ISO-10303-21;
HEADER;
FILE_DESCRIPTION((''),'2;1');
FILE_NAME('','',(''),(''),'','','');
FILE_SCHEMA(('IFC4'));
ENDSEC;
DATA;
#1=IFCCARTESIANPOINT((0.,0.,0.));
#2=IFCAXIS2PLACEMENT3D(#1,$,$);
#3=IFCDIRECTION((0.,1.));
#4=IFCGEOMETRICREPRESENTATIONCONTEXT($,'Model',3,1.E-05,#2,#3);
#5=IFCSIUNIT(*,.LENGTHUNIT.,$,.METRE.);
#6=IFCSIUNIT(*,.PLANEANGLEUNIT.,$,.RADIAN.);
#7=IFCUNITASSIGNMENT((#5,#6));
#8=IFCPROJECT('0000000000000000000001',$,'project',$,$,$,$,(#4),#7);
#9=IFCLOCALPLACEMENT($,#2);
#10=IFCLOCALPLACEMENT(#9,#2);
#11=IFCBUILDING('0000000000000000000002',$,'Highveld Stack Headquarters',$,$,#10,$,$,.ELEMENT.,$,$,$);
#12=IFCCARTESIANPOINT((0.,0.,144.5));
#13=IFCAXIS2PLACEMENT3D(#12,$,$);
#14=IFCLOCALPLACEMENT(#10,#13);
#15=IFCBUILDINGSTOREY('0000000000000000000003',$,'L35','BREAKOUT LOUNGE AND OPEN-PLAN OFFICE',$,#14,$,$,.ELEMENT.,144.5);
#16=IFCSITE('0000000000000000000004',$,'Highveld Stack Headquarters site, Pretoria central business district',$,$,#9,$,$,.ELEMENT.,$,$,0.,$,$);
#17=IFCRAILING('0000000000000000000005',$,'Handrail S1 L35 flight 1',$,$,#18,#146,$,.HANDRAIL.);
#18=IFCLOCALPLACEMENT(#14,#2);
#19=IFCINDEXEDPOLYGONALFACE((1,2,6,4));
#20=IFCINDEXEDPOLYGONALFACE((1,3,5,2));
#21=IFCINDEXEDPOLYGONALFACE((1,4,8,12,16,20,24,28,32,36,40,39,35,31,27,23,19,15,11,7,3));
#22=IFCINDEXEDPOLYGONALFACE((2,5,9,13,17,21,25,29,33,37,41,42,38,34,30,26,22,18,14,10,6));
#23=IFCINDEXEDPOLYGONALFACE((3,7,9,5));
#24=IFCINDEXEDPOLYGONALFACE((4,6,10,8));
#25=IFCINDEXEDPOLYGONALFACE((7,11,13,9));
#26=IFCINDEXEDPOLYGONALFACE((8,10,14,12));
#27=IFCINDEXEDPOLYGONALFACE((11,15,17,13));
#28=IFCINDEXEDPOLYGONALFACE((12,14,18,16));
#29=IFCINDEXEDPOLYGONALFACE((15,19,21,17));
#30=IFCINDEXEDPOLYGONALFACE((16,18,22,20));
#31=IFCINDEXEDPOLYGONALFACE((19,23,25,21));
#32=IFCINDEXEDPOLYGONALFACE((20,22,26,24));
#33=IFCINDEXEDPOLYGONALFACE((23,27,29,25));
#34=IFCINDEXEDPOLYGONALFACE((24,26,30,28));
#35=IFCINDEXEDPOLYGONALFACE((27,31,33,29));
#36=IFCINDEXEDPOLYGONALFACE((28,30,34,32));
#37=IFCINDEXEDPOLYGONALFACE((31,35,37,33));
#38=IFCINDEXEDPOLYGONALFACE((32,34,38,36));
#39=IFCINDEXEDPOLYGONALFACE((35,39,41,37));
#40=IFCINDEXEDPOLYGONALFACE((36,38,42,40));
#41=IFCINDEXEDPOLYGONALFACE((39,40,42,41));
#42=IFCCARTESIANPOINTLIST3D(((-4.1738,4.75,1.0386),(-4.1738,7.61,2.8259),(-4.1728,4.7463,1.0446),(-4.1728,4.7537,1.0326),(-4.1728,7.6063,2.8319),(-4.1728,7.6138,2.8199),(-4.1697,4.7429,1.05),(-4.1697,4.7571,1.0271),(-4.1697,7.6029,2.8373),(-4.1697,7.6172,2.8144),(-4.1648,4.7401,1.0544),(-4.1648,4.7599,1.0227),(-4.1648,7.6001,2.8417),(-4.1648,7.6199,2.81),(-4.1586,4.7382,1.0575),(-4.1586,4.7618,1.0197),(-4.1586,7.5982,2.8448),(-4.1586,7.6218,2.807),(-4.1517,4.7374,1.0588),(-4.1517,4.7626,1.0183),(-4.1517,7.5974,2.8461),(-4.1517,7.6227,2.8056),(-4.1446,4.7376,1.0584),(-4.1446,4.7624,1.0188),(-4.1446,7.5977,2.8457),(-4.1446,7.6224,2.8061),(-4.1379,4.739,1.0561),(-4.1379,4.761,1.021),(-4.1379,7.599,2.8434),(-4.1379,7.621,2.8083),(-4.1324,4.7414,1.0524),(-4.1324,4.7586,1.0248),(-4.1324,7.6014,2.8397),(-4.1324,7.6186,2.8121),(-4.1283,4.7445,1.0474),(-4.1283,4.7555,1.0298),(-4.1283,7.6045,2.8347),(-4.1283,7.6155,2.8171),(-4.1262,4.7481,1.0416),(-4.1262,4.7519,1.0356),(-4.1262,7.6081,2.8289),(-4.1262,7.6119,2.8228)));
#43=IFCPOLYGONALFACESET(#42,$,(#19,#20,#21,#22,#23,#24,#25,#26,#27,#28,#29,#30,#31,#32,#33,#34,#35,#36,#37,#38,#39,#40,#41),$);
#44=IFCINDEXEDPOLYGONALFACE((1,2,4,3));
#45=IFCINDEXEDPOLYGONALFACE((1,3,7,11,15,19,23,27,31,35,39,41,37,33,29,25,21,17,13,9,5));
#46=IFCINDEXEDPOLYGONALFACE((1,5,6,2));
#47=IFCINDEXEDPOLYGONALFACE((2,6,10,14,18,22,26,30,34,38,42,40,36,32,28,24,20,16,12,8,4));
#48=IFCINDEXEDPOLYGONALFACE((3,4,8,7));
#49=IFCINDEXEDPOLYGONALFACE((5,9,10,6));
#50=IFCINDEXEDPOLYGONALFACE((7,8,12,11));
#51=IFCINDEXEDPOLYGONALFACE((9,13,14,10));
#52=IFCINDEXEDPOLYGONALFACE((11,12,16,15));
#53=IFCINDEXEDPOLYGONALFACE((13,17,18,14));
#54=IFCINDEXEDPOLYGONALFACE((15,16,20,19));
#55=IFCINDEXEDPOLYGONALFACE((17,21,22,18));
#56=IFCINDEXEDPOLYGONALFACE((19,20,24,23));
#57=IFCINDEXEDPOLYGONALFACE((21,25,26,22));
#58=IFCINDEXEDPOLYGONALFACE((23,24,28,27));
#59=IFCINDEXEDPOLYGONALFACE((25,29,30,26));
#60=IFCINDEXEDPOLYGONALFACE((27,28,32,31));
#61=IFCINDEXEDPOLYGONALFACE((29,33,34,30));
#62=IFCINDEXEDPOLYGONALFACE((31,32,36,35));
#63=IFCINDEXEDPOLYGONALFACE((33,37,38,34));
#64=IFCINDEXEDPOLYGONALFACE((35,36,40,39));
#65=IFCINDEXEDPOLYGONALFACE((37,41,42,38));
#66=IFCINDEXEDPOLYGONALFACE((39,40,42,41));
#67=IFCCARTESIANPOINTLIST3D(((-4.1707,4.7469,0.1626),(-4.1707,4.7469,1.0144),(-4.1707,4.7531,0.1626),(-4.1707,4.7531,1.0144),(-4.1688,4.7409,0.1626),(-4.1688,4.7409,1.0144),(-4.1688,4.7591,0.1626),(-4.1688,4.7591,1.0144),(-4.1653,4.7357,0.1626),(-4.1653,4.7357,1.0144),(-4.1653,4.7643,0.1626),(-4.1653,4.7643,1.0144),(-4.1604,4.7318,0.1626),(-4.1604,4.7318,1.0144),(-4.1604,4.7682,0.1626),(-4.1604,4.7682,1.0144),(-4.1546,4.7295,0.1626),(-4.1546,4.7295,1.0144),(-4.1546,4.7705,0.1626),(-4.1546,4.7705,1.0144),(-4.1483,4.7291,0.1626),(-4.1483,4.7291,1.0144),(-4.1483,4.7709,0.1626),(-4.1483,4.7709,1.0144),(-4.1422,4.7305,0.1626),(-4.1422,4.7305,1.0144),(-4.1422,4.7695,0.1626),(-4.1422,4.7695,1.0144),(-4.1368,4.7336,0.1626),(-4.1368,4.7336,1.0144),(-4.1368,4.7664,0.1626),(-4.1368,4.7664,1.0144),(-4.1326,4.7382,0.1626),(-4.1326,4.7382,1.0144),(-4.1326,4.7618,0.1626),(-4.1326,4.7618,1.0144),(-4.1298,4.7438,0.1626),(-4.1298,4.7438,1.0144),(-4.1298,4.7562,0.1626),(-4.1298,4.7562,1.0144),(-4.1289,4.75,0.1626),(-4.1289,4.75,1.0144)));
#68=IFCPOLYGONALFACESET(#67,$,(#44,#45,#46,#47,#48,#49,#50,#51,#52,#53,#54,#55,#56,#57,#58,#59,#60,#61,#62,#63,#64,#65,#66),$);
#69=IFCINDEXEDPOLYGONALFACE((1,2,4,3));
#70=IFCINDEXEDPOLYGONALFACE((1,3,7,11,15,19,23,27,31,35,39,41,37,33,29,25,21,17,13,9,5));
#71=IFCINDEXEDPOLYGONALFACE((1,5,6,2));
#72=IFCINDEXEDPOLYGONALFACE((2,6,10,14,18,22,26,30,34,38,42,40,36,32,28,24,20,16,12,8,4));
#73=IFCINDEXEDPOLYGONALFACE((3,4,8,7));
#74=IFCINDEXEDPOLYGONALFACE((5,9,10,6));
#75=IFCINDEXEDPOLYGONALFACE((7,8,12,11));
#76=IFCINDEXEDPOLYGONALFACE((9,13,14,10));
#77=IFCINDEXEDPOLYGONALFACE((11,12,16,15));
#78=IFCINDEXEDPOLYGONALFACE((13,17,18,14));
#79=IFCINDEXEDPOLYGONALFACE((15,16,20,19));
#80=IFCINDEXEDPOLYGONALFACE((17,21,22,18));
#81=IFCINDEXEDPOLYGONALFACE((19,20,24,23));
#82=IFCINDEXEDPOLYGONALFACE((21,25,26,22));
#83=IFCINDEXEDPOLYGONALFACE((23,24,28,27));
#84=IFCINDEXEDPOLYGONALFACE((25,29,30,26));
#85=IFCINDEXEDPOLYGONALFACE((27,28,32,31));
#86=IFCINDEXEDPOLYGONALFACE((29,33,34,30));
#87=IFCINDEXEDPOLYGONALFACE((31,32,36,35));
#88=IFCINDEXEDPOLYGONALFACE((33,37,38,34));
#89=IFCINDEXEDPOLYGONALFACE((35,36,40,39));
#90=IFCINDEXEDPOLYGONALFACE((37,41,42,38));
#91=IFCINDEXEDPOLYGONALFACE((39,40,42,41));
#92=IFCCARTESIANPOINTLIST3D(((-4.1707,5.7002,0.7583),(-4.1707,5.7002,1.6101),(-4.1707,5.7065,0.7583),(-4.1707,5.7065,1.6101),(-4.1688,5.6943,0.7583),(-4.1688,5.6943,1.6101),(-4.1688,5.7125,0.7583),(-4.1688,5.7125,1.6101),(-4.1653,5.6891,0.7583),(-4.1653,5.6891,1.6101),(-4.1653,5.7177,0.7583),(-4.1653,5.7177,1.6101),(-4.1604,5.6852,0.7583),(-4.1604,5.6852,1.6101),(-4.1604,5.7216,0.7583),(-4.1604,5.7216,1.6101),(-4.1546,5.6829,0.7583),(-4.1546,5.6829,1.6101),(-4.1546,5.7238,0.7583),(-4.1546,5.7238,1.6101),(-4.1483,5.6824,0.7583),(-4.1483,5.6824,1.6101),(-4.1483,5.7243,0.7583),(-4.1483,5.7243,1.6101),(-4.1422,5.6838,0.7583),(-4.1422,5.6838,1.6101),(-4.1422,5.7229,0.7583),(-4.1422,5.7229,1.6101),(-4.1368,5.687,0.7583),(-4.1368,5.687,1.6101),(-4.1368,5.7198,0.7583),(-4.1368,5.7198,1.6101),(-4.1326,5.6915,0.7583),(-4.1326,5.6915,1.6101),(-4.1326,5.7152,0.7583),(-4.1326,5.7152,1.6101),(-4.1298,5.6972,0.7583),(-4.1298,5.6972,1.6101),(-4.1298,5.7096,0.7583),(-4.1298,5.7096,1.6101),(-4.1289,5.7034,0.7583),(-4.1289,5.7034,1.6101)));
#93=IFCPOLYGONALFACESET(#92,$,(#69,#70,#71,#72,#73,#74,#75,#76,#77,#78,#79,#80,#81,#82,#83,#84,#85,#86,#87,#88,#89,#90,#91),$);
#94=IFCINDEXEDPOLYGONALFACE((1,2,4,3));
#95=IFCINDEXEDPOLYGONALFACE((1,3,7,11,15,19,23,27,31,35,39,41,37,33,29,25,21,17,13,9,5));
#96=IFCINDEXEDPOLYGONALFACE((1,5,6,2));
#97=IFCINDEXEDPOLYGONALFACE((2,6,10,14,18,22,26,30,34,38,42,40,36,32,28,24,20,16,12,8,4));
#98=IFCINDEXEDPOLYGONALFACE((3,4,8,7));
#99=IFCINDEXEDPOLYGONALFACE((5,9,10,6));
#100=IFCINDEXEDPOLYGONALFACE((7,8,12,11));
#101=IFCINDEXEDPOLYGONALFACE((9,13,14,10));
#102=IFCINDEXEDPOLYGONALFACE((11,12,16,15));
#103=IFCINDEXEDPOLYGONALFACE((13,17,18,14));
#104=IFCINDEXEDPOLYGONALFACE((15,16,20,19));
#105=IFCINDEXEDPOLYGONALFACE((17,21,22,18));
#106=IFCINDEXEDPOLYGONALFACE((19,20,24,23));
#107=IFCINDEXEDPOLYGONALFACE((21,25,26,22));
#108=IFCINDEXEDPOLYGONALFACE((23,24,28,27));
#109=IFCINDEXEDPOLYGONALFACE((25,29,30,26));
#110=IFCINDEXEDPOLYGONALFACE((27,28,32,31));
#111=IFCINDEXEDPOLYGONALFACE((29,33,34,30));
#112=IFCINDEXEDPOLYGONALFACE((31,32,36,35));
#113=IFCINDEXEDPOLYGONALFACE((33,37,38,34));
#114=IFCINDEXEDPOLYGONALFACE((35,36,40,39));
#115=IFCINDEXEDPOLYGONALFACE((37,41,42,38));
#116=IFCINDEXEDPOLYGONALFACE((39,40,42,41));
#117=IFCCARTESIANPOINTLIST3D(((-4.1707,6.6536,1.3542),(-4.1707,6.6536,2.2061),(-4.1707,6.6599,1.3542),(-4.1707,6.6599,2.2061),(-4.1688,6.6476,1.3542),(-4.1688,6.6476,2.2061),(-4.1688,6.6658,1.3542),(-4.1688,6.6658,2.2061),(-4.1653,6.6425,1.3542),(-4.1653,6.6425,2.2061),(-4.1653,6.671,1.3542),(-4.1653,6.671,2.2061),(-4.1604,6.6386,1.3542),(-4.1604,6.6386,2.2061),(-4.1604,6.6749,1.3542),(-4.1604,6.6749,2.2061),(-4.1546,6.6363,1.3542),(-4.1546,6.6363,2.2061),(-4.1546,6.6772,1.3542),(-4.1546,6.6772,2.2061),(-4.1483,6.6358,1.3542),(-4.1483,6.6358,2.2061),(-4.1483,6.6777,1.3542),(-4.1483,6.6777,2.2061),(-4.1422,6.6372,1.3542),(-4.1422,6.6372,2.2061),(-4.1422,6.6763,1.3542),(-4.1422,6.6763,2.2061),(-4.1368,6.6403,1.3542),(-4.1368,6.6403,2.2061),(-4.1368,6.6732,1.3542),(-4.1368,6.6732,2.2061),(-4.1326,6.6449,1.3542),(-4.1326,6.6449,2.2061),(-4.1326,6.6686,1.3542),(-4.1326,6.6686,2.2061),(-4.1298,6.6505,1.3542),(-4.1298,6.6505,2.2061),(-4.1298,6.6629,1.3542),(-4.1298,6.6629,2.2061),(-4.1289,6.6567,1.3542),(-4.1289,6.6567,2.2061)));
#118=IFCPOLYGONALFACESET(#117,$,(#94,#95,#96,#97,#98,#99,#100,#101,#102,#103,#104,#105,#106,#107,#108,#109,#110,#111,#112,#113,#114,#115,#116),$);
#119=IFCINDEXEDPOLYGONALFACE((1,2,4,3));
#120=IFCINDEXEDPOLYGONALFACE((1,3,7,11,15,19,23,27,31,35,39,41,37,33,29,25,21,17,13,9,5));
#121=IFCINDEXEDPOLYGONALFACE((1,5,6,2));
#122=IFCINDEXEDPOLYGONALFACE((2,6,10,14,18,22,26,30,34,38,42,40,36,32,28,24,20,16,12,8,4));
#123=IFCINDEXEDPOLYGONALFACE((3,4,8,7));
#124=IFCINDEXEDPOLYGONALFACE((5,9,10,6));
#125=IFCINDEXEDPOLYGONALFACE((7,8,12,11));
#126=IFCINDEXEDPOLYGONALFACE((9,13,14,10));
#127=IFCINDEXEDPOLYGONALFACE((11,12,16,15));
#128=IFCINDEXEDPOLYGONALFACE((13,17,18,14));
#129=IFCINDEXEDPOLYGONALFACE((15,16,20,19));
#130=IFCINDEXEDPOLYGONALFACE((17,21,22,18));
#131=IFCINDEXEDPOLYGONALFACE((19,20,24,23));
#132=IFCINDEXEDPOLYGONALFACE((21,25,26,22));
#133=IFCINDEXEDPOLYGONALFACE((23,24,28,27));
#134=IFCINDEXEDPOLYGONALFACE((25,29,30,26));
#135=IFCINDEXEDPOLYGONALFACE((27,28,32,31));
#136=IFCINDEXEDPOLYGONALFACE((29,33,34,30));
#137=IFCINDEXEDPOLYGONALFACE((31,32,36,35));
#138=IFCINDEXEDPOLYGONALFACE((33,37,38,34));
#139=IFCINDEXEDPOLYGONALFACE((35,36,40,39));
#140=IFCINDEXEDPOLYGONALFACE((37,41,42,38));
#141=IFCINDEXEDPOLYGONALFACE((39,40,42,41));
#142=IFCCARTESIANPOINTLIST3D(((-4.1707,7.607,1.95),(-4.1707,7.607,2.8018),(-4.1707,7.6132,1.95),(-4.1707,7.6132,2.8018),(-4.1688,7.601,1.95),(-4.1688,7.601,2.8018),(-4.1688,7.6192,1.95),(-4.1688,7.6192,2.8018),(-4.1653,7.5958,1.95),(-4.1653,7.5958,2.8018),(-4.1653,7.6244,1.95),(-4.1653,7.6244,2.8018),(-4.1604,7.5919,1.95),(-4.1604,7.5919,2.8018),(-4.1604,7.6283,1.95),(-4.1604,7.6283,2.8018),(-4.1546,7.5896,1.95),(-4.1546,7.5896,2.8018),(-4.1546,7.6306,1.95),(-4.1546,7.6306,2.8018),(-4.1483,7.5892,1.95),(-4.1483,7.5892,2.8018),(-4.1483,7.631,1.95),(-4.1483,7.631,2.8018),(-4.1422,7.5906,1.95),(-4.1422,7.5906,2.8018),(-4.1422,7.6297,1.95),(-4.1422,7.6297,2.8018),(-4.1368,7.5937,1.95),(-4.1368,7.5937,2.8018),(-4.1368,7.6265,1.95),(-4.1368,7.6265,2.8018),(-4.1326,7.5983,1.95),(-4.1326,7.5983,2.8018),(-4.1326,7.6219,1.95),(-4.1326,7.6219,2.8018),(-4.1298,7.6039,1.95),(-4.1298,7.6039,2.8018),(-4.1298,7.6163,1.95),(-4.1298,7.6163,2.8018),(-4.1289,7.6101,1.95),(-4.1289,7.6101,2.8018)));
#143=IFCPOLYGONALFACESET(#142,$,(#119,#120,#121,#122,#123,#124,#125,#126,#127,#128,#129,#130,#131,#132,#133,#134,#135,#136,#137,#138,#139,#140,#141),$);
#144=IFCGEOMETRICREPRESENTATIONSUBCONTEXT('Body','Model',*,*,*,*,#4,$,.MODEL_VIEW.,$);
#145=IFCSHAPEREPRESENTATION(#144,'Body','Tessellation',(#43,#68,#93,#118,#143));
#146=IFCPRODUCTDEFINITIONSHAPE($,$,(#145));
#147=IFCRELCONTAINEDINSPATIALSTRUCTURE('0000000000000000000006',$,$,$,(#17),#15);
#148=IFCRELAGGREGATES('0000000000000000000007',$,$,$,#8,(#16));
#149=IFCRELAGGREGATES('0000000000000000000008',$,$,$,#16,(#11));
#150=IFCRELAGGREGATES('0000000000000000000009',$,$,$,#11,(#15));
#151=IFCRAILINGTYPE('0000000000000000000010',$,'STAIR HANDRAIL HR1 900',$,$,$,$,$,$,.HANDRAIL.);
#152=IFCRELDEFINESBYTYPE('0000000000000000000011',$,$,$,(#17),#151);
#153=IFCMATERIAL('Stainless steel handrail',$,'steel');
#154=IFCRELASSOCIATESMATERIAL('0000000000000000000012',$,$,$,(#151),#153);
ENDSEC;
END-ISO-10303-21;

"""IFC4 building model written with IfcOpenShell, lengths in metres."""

from ifc_helpers import new_model, si_unit, direction, frame, origin, origin_2d, place, context, subcontext, project, spatial, circle, extrude, material, type_object, element, save


model = new_model("IFC4")

# Units and contexts
model_context = context("Model", 3, precision=1e-05, world=origin(), true_north=direction((0.0, 1.0)))
body_context = subcontext(model_context, "Body", "Model", "MODEL_VIEW")
ifc_project = project(units=[si_unit("LENGTHUNIT", "METRE"), si_unit("PLANEANGLEUNIT", "RADIAN")], contexts=[model_context])

# Site, building, storey
site_placement = place(None, origin())
site = spatial("IfcSite", under=ifc_project, at=site_placement, Name="Highveld Stack Headquarters site, Pretoria central business district", CompositionType="ELEMENT", RefElevation=0.0)
building_placement = place(site_placement, origin())
building = spatial("IfcBuilding", under=site, at=building_placement, Name="Highveld Stack Headquarters", CompositionType="ELEMENT")
storey_placement = place(building_placement, frame((0.0, 0.0, 144.5)))
storey = spatial("IfcBuildingStorey", under=building, at=storey_placement, Name="L35", Description="BREAKOUT LOUNGE AND OPEN-PLAN OFFICE", CompositionType="ELEMENT", Elevation=144.5)

# Railing
ifc_material_1 = material(Name="Stainless steel handrail", Category="steel")
railing_type = type_object("IfcRailingType", Name="STAIR HANDRAIL HR1 900", PredefinedType="HANDRAIL", material=ifc_material_1)
for number, where, name in (
    (1, (-4.1499, 4.75, 0.1626), "Handrail S1 L35 flight 1"),
):
    element("IfcRailing", number, at=place(storey_placement, frame(where)), inside=storey, type_object=railing_type, Name=name, PredefinedType="HANDRAIL", context=body_context, shape_type="SweptSolid", body=[
        extrude(circle(Radius=0.0239, at=origin_2d()), frame((0.0, 0.0, 0.876), z_axis=(0.0, 0.848027, 0.529953), x_axis=(-1.0, 0.0, 0.0)), (0.0, 0.0, 1.0), 3.3726),
        extrude(circle(Radius=0.021, at=origin_2d()), origin(), (0.0, 0.0, 1.0), 0.8518),
        extrude(circle(Radius=0.021, at=origin_2d()), frame((0.0, 0.9534, 0.5957)), (0.0, 0.0, 1.0), 0.8518),
        extrude(circle(Radius=0.021, at=origin_2d()), frame((0.0, 1.9067, 1.1917)), (0.0, 0.0, 1.0), 0.8518),
        extrude(circle(Radius=0.021, at=origin_2d()), frame((0.0, 2.8601, 1.7874)), (0.0, 0.0, 1.0), 0.8518),
    ])

save(model, "model.ifc")
